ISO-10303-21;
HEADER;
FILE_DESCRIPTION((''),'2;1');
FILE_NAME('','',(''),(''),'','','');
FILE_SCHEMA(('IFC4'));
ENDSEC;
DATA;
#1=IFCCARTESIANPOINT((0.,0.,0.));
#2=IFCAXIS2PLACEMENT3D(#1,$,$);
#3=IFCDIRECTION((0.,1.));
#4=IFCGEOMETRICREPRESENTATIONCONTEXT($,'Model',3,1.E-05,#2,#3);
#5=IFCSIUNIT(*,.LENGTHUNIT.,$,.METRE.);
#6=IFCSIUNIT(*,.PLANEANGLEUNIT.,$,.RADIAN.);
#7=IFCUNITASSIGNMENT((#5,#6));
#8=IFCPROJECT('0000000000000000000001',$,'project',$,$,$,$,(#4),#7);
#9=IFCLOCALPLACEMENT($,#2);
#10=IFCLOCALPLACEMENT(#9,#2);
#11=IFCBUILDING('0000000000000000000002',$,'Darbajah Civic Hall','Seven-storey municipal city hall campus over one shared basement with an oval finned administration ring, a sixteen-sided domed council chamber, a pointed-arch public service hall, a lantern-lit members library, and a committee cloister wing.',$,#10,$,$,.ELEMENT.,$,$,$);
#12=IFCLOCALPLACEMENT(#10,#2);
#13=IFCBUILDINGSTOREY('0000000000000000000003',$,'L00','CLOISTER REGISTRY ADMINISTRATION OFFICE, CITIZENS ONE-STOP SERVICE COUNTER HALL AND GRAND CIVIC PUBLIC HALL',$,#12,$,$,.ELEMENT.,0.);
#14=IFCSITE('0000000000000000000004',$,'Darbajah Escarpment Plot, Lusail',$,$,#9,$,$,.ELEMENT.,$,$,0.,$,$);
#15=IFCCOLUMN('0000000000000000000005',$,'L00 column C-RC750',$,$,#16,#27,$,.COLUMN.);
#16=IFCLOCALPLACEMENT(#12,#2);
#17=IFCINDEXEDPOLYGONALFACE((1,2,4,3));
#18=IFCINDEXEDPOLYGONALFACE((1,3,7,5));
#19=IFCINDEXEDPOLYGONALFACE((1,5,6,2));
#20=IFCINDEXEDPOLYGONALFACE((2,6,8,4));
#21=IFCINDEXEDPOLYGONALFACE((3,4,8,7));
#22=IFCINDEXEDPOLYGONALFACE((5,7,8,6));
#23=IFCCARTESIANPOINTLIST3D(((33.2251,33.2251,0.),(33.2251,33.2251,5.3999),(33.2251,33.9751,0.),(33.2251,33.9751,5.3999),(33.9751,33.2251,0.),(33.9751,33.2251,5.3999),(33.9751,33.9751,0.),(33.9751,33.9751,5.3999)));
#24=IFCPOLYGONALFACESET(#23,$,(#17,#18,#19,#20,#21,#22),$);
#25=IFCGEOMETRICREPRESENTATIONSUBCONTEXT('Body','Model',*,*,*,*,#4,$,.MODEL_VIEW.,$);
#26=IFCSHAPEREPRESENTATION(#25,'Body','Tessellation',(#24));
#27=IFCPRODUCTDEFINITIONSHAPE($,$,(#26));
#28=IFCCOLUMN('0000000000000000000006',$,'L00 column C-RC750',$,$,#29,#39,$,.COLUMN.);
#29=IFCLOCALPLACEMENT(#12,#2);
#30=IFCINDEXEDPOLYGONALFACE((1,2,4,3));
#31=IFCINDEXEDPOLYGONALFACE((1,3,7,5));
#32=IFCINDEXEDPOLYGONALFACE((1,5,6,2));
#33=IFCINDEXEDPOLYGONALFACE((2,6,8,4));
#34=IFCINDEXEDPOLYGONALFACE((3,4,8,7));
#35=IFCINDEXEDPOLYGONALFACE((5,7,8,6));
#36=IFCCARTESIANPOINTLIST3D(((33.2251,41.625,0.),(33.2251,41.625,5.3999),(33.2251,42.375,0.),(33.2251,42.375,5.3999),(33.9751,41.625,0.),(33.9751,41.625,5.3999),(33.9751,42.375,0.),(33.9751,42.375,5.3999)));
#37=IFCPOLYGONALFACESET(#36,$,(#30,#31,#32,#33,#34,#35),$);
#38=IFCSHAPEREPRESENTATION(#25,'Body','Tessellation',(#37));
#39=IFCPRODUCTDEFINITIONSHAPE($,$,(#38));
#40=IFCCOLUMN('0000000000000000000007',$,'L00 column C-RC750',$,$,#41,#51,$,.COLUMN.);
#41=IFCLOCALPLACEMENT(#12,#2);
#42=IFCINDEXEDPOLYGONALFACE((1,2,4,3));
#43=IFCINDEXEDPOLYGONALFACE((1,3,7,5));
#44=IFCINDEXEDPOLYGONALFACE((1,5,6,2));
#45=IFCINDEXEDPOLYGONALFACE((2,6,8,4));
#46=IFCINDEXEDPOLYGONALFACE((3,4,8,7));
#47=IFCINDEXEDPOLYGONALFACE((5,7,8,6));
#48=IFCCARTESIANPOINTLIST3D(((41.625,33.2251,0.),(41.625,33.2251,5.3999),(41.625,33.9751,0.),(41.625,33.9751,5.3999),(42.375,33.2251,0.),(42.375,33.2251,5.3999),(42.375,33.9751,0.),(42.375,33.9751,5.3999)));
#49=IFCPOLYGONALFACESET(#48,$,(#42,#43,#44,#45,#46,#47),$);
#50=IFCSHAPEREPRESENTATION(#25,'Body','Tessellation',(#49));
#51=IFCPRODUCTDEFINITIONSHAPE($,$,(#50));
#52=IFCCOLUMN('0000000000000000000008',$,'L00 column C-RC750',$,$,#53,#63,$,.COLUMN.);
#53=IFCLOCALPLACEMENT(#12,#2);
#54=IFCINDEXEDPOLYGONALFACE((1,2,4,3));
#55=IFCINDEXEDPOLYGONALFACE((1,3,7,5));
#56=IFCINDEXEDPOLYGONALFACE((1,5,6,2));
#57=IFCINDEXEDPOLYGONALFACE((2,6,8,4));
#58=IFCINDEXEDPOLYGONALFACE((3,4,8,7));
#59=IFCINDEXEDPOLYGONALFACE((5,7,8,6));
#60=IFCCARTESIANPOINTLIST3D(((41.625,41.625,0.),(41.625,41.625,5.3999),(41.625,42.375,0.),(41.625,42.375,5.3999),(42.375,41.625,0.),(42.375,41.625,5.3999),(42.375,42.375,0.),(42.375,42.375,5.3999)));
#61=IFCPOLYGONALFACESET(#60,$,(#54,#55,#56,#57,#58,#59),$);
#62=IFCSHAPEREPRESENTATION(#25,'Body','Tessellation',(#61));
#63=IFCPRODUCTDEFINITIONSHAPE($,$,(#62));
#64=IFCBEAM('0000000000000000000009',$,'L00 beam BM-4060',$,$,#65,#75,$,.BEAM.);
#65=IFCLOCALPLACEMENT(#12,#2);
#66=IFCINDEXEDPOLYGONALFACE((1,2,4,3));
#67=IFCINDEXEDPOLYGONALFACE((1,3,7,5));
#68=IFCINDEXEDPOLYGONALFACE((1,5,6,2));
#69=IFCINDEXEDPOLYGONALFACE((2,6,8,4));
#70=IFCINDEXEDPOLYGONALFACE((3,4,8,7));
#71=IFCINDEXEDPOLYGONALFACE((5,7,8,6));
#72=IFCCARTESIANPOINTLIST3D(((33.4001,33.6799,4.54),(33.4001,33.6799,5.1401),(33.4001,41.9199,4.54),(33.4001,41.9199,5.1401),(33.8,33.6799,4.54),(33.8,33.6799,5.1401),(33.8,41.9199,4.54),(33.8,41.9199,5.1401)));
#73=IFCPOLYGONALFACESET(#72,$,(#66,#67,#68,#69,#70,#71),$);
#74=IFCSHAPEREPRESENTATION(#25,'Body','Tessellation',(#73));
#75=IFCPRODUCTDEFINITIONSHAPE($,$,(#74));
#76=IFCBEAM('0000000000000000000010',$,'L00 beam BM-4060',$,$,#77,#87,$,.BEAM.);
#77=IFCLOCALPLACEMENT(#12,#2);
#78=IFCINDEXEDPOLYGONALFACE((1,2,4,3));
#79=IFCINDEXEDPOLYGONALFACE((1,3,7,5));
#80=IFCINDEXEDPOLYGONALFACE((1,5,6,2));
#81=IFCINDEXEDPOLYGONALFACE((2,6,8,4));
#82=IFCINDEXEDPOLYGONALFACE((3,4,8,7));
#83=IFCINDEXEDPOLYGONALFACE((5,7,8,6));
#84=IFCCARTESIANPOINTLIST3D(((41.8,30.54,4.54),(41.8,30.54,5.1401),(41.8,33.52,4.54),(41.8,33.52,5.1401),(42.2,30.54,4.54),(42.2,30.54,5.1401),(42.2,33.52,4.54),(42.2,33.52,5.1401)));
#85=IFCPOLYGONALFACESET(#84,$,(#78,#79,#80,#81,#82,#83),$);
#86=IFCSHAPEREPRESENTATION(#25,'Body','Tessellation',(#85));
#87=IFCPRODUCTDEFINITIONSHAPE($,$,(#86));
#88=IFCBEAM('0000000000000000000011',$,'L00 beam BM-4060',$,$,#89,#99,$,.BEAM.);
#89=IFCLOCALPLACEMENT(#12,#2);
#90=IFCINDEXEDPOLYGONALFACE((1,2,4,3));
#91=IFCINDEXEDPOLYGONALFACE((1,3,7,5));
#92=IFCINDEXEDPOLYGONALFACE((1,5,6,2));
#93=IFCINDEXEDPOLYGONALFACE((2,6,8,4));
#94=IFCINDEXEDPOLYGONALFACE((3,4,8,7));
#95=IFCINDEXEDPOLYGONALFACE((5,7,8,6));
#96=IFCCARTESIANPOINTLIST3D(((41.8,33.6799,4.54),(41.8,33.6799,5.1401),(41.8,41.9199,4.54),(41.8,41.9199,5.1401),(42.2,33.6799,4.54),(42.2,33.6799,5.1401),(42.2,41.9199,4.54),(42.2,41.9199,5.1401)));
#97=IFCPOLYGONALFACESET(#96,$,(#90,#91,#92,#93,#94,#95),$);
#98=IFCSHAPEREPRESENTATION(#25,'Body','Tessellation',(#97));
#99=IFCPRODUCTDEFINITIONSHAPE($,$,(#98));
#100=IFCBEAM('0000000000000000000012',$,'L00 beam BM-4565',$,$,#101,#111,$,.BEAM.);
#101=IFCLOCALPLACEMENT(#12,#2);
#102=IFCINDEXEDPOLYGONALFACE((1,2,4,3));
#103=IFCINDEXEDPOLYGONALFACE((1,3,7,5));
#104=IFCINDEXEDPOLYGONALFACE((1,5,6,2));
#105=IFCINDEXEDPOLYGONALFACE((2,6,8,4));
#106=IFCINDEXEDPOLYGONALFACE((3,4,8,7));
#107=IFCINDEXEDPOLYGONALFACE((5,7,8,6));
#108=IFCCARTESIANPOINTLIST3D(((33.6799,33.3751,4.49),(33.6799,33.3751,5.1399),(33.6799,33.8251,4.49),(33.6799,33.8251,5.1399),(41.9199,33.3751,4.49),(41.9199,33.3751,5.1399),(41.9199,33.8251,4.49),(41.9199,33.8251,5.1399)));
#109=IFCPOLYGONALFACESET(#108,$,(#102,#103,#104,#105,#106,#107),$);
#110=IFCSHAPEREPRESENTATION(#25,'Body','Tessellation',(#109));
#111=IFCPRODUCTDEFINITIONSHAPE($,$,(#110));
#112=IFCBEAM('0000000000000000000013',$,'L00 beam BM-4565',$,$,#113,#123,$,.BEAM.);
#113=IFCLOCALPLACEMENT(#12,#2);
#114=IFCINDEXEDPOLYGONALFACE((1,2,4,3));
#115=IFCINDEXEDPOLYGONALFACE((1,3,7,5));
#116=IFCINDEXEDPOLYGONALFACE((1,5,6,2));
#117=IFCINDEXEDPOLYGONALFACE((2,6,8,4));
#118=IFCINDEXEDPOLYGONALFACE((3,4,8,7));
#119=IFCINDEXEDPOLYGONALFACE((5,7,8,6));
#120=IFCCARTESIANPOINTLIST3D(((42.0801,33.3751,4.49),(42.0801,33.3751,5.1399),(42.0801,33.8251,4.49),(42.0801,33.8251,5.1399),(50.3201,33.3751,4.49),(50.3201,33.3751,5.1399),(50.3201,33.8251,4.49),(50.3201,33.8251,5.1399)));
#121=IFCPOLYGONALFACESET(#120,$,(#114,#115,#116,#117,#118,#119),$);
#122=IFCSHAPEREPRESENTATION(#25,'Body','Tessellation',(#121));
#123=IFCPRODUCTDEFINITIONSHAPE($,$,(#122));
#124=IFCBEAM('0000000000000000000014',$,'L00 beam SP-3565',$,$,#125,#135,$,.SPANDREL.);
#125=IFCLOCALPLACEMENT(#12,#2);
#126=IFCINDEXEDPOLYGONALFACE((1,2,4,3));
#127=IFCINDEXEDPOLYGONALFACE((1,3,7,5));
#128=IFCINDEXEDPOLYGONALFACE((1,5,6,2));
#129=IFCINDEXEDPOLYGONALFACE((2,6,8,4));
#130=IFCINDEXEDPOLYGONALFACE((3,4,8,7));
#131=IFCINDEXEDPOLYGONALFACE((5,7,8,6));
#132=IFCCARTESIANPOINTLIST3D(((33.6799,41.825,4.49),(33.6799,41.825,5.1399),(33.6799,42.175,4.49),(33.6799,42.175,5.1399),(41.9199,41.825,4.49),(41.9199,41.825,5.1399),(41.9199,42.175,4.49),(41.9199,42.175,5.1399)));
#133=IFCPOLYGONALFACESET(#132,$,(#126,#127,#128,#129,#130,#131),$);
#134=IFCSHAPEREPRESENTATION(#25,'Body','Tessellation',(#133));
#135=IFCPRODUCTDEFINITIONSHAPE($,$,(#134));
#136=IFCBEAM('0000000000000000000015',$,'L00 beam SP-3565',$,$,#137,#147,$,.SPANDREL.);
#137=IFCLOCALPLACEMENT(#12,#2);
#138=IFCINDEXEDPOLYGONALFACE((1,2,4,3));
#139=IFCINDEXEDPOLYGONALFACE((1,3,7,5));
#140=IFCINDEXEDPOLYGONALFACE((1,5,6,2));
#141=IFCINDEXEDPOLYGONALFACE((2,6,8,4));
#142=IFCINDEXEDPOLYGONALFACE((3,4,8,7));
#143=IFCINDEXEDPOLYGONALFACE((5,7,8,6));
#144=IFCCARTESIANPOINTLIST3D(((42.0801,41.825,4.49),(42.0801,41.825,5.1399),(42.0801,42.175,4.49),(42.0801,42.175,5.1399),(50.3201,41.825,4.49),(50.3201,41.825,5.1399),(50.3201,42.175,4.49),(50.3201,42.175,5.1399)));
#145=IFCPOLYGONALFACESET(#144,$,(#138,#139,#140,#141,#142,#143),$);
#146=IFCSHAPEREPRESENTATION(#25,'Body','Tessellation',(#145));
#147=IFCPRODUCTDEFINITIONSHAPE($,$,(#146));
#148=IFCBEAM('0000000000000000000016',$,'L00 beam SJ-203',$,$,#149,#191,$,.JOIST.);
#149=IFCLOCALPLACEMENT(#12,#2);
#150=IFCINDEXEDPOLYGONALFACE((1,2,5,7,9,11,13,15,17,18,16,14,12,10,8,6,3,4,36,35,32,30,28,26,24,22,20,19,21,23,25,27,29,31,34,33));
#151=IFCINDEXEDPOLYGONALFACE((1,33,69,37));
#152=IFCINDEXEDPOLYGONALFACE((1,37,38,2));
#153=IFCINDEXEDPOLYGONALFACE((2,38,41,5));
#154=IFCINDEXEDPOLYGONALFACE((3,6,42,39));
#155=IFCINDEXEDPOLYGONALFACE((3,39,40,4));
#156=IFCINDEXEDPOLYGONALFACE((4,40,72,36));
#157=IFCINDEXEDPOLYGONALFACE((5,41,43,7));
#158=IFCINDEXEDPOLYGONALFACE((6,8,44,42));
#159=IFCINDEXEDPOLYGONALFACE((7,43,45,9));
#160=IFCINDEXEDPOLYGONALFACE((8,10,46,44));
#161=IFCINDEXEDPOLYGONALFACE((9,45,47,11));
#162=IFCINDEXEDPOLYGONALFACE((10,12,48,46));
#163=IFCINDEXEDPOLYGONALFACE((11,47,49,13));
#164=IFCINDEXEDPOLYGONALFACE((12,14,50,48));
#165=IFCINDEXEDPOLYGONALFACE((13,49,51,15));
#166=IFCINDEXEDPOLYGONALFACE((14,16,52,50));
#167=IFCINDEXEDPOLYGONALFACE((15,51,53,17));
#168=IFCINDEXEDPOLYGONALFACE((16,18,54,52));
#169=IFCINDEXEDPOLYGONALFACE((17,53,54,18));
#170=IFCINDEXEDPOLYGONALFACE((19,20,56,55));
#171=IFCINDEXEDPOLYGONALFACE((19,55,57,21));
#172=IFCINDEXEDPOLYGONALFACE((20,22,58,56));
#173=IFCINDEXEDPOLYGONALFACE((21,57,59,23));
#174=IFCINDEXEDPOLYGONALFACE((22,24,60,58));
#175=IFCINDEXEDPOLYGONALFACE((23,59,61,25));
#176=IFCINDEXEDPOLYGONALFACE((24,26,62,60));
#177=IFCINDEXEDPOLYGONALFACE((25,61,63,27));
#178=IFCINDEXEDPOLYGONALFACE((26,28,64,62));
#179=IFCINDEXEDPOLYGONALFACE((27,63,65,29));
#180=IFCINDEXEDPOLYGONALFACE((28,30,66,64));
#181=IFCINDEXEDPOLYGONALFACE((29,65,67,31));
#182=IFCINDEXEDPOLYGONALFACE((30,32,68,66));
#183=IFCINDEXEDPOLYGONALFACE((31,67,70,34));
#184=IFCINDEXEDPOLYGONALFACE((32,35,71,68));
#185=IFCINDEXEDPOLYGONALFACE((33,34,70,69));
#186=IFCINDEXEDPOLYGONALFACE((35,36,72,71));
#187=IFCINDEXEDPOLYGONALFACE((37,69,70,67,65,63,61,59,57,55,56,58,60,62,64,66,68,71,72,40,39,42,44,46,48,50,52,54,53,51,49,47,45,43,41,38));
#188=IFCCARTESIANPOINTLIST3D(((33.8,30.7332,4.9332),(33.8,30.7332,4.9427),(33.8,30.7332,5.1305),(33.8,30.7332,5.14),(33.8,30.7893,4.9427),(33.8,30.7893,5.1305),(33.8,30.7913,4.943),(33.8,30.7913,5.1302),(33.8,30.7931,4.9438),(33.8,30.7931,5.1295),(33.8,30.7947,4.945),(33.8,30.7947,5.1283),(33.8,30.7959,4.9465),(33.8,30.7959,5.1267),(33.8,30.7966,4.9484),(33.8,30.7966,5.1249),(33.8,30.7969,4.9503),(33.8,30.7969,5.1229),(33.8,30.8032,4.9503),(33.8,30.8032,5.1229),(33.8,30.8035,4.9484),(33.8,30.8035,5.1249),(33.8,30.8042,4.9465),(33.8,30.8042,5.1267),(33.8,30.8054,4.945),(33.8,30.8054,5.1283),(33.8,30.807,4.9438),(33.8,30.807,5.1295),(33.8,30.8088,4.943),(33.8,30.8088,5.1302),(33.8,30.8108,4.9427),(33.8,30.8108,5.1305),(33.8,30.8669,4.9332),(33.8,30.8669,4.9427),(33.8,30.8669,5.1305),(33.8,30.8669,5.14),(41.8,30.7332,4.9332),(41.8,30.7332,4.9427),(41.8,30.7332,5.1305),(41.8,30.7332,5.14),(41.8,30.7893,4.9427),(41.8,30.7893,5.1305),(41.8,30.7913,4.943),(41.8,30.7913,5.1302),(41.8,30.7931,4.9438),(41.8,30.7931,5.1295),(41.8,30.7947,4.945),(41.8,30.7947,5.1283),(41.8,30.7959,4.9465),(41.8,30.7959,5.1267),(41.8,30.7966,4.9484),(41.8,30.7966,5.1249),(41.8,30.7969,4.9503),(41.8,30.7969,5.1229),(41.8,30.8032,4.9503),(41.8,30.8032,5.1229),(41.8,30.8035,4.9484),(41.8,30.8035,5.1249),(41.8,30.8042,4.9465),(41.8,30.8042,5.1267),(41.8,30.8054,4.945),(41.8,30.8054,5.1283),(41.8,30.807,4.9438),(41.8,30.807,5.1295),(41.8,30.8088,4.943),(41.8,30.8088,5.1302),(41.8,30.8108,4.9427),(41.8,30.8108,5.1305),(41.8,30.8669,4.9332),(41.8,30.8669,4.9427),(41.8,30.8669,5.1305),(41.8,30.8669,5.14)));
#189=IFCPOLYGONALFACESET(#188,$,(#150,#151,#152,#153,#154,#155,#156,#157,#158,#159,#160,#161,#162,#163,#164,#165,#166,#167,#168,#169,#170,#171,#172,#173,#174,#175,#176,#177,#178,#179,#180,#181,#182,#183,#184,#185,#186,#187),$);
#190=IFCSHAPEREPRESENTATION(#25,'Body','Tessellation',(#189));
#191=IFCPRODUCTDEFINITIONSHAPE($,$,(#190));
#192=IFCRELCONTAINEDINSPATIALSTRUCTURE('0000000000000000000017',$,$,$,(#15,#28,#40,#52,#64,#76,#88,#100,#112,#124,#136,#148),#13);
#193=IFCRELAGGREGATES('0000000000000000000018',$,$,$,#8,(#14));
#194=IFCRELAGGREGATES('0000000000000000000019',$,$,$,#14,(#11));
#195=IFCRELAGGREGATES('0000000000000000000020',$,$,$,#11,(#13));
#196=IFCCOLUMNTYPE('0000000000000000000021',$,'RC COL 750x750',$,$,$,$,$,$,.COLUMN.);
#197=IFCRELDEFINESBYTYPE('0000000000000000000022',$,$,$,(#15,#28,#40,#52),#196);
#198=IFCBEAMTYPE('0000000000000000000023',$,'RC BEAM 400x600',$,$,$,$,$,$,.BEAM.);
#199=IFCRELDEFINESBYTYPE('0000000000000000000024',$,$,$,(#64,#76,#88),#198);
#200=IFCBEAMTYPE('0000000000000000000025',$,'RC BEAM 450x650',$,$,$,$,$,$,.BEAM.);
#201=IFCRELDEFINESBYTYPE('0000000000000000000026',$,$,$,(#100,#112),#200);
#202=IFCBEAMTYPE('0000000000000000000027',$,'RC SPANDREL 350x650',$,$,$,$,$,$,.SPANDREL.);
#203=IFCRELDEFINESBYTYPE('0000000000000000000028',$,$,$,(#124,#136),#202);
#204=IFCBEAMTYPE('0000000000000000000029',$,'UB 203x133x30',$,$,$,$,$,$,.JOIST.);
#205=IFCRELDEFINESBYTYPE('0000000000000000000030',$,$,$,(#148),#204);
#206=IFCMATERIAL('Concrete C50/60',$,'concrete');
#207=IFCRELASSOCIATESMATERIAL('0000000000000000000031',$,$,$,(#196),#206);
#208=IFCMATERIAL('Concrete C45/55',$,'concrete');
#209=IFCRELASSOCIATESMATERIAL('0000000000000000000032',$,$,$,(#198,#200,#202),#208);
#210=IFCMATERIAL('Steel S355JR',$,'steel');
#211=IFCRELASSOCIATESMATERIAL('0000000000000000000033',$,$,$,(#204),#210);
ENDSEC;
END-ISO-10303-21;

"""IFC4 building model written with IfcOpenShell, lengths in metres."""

from ifc_helpers import new_model, si_unit, direction, frame, origin, origin_2d, place, context, subcontext, project, spatial, rectangle, i_section, extrude, material, material_profile, profile_set, type_object, element, save


model = new_model("IFC4")

# Units and contexts
model_context = context("Model", 3, precision=1e-05, world=origin(), true_north=direction((0.0, 1.0)))
body_context = subcontext(model_context, "Body", "Model", "MODEL_VIEW")
ifc_project = project(units=[si_unit("LENGTHUNIT", "METRE"), si_unit("PLANEANGLEUNIT", "RADIAN")], contexts=[model_context])

# Site, building, storey
site_placement = place(None, origin())
site = spatial("IfcSite", under=ifc_project, at=site_placement, Name="Darbajah Escarpment Plot, Lusail", CompositionType="ELEMENT", RefElevation=0.0)
building_placement = place(site_placement, origin())
building = spatial("IfcBuilding", under=site, at=building_placement, Name="Darbajah Civic Hall", Description="Seven-storey municipal city hall campus over one shared basement with an oval finned administration ring, a sixteen-sided domed council chamber, a pointed-arch public service hall, a lantern-lit members library, and a committee cloister wing.", CompositionType="ELEMENT")
storey_placement = place(building_placement, origin())
storey = spatial("IfcBuildingStorey", under=building, at=storey_placement, Name="L00", Description="CLOISTER REGISTRY ADMINISTRATION OFFICE, CITIZENS ONE-STOP SERVICE COUNTER HALL AND GRAND CIVIC PUBLIC HALL", CompositionType="ELEMENT", Elevation=0.0)

# Columns
ifc_material_1 = material(Name="Concrete C50/60", Category="concrete")
ifc_material_profile_1 = material_profile(ifc_material_1, rectangle(XDim=0.75, YDim=0.75, at=origin_2d()), Name="RC COL 750x750")
ifc_profile_set_1 = profile_set([ifc_material_profile_1], Name="Concrete C50/60")
column_type = type_object("IfcColumnType", Name="RC COL 750x750", PredefinedType="COLUMN", material=ifc_profile_set_1)
for number, where, z_axis, x_axis, name in (
    (1, (33.6001, 33.6001, 0.0), (0.0, 0.0, 1.0), (1.0, 0.0, 0.0), "L00 column C-RC750"),
    (2, (33.6001, 42.0, 0.0), (0.0, 0.0, 1.0), (1.0, 0.0, 0.0), "L00 column C-RC750"),
    (3, (42.0, 33.6001, 0.0), (0.0, 0.0, 1.0), (1.0, 0.0, 0.0), "L00 column C-RC750"),
    (4, (42.0, 42.0, 0.0), (0.0, 0.0, 1.0), (1.0, 0.0, 0.0), "L00 column C-RC750"),
):
    element("IfcColumn", number, at=place(storey_placement, frame(where, z_axis=z_axis, x_axis=x_axis)), inside=storey, type_object=column_type, Name=name, PredefinedType="COLUMN", context=body_context, shape_type="SweptSolid", body=[
        extrude(rectangle(XDim=0.75, YDim=0.75, at=origin_2d()), origin(), (0.0, 0.0, 1.0), 5.3999),
    ])

# Beams
ifc_material_2 = material(Name="Concrete C45/55", Category="concrete")
ifc_material_profile_2 = material_profile(ifc_material_2, rectangle(XDim=0.3999, YDim=0.6001, at=origin_2d()), Name="RC BEAM 400x600")
ifc_profile_set_2 = profile_set([ifc_material_profile_2], Name="Concrete C45/55")
beam_type_1 = type_object("IfcBeamType", Name="RC BEAM 400x600", PredefinedType="BEAM", material=ifc_profile_set_2)
beam_1_placement = place(storey_placement, frame((33.6001, 33.6799, 4.8401), z_axis=(0.0, 1.0, 0.0), x_axis=(-1.0, 0.0, 0.0)))
element("IfcBeam", 5, at=beam_1_placement, inside=storey, type_object=beam_type_1, Name="L00 beam BM-4060", PredefinedType="BEAM", context=body_context, shape_type="SweptSolid", body=[
    extrude(rectangle(XDim=0.3999, YDim=0.6001, at=origin_2d()), origin(), (0.0, 0.0, 1.0), 8.24),
])
beam_2_placement = place(storey_placement, frame((42.0, 30.54, 4.8401), z_axis=(0.0, 1.0, 0.0), x_axis=(-1.0, 0.0, 0.0)))
element("IfcBeam", 6, at=beam_2_placement, inside=storey, type_object=beam_type_1, Name="L00 beam BM-4060", PredefinedType="BEAM", context=body_context, shape_type="SweptSolid", body=[
    extrude(rectangle(XDim=0.3999, YDim=0.6001, at=origin_2d()), origin(), (0.0, 0.0, 1.0), 2.98),
])
beam_3_placement = place(storey_placement, frame((42.0, 33.6799, 4.8401), z_axis=(0.0, 1.0, 0.0), x_axis=(-1.0, 0.0, 0.0)))
element("IfcBeam", 7, at=beam_3_placement, inside=storey, type_object=beam_type_1, Name="L00 beam BM-4060", PredefinedType="BEAM", context=body_context, shape_type="SweptSolid", body=[
    extrude(rectangle(XDim=0.3999, YDim=0.6001, at=origin_2d()), origin(), (0.0, 0.0, 1.0), 8.24),
])
ifc_material_profile_3 = material_profile(ifc_material_2, rectangle(XDim=0.45, YDim=0.6499, at=origin_2d()), Name="RC BEAM 450x650")
ifc_profile_set_3 = profile_set([ifc_material_profile_3], Name="Concrete C45/55")
beam_type_2 = type_object("IfcBeamType", Name="RC BEAM 450x650", PredefinedType="BEAM", material=ifc_profile_set_3)
for number, where, z_axis, x_axis, name in (
    (8, (33.6799, 33.6001, 4.8149), (1.0, 0.0, 0.0), (0.0, 1.0, 0.0), "L00 beam BM-4565"),
    (9, (42.0801, 33.6001, 4.8149), (1.0, 0.0, 0.0), (0.0, 1.0, 0.0), "L00 beam BM-4565"),
):
    element("IfcBeam", number, at=place(storey_placement, frame(where, z_axis=z_axis, x_axis=x_axis)), inside=storey, type_object=beam_type_2, Name=name, PredefinedType="BEAM", context=body_context, shape_type="SweptSolid", body=[
        extrude(rectangle(XDim=0.45, YDim=0.6499, at=origin_2d()), origin(), (0.0, 0.0, 1.0), 8.24),
    ])
ifc_material_profile_4 = material_profile(ifc_material_2, rectangle(XDim=0.3501, YDim=0.6499, at=origin_2d()), Name="RC SPANDREL 350x650")
ifc_profile_set_4 = profile_set([ifc_material_profile_4], Name="Concrete C45/55")
beam_type_3 = type_object("IfcBeamType", Name="RC SPANDREL 350x650", PredefinedType="SPANDREL", material=ifc_profile_set_4)
for number, where, z_axis, x_axis, name in (
    (10, (33.6799, 42.0, 4.8149), (1.0, 0.0, 0.0), (0.0, 1.0, 0.0), "L00 beam SP-3565"),
    (11, (42.0801, 42.0, 4.8149), (1.0, 0.0, 0.0), (0.0, 1.0, 0.0), "L00 beam SP-3565"),
):
    element("IfcBeam", number, at=place(storey_placement, frame(where, z_axis=z_axis, x_axis=x_axis)), inside=storey, type_object=beam_type_3, Name=name, PredefinedType="SPANDREL", context=body_context, shape_type="SweptSolid", body=[
        extrude(rectangle(XDim=0.3501, YDim=0.6499, at=origin_2d()), origin(), (0.0, 0.0, 1.0), 8.24),
    ])
ifc_material_3 = material(Name="Steel S355JR", Category="steel")
ifc_material_profile_5 = material_profile(ifc_material_3, i_section(OverallWidth=0.1338, OverallDepth=0.2068, WebThickness=0.0063, FlangeThickness=0.0095, FilletRadius=0.0076, at=origin_2d()), Name="UB 203x133x30")
ifc_profile_set_5 = profile_set([ifc_material_profile_5], Name="Steel S355JR")
beam_type_4 = type_object("IfcBeamType", Name="UB 203x133x30", PredefinedType="JOIST", material=ifc_profile_set_5)
for number, where, z_axis, x_axis, name in (
    (12, (33.8, 30.8, 5.0366), (1.0, 0.0, 0.0), (0.0, 1.0, 0.0), "L00 beam SJ-203"),
):
    element("IfcBeam", number, at=place(storey_placement, frame(where, z_axis=z_axis, x_axis=x_axis)), inside=storey, type_object=beam_type_4, Name=name, PredefinedType="JOIST", context=body_context, shape_type="SweptSolid", body=[
        extrude(i_section(OverallWidth=0.1338, OverallDepth=0.2068, WebThickness=0.0063, FlangeThickness=0.0095, FilletRadius=0.0076, at=origin_2d()), origin(), (0.0, 0.0, 1.0), 8.0),
    ])

save(model, "model.ifc")
